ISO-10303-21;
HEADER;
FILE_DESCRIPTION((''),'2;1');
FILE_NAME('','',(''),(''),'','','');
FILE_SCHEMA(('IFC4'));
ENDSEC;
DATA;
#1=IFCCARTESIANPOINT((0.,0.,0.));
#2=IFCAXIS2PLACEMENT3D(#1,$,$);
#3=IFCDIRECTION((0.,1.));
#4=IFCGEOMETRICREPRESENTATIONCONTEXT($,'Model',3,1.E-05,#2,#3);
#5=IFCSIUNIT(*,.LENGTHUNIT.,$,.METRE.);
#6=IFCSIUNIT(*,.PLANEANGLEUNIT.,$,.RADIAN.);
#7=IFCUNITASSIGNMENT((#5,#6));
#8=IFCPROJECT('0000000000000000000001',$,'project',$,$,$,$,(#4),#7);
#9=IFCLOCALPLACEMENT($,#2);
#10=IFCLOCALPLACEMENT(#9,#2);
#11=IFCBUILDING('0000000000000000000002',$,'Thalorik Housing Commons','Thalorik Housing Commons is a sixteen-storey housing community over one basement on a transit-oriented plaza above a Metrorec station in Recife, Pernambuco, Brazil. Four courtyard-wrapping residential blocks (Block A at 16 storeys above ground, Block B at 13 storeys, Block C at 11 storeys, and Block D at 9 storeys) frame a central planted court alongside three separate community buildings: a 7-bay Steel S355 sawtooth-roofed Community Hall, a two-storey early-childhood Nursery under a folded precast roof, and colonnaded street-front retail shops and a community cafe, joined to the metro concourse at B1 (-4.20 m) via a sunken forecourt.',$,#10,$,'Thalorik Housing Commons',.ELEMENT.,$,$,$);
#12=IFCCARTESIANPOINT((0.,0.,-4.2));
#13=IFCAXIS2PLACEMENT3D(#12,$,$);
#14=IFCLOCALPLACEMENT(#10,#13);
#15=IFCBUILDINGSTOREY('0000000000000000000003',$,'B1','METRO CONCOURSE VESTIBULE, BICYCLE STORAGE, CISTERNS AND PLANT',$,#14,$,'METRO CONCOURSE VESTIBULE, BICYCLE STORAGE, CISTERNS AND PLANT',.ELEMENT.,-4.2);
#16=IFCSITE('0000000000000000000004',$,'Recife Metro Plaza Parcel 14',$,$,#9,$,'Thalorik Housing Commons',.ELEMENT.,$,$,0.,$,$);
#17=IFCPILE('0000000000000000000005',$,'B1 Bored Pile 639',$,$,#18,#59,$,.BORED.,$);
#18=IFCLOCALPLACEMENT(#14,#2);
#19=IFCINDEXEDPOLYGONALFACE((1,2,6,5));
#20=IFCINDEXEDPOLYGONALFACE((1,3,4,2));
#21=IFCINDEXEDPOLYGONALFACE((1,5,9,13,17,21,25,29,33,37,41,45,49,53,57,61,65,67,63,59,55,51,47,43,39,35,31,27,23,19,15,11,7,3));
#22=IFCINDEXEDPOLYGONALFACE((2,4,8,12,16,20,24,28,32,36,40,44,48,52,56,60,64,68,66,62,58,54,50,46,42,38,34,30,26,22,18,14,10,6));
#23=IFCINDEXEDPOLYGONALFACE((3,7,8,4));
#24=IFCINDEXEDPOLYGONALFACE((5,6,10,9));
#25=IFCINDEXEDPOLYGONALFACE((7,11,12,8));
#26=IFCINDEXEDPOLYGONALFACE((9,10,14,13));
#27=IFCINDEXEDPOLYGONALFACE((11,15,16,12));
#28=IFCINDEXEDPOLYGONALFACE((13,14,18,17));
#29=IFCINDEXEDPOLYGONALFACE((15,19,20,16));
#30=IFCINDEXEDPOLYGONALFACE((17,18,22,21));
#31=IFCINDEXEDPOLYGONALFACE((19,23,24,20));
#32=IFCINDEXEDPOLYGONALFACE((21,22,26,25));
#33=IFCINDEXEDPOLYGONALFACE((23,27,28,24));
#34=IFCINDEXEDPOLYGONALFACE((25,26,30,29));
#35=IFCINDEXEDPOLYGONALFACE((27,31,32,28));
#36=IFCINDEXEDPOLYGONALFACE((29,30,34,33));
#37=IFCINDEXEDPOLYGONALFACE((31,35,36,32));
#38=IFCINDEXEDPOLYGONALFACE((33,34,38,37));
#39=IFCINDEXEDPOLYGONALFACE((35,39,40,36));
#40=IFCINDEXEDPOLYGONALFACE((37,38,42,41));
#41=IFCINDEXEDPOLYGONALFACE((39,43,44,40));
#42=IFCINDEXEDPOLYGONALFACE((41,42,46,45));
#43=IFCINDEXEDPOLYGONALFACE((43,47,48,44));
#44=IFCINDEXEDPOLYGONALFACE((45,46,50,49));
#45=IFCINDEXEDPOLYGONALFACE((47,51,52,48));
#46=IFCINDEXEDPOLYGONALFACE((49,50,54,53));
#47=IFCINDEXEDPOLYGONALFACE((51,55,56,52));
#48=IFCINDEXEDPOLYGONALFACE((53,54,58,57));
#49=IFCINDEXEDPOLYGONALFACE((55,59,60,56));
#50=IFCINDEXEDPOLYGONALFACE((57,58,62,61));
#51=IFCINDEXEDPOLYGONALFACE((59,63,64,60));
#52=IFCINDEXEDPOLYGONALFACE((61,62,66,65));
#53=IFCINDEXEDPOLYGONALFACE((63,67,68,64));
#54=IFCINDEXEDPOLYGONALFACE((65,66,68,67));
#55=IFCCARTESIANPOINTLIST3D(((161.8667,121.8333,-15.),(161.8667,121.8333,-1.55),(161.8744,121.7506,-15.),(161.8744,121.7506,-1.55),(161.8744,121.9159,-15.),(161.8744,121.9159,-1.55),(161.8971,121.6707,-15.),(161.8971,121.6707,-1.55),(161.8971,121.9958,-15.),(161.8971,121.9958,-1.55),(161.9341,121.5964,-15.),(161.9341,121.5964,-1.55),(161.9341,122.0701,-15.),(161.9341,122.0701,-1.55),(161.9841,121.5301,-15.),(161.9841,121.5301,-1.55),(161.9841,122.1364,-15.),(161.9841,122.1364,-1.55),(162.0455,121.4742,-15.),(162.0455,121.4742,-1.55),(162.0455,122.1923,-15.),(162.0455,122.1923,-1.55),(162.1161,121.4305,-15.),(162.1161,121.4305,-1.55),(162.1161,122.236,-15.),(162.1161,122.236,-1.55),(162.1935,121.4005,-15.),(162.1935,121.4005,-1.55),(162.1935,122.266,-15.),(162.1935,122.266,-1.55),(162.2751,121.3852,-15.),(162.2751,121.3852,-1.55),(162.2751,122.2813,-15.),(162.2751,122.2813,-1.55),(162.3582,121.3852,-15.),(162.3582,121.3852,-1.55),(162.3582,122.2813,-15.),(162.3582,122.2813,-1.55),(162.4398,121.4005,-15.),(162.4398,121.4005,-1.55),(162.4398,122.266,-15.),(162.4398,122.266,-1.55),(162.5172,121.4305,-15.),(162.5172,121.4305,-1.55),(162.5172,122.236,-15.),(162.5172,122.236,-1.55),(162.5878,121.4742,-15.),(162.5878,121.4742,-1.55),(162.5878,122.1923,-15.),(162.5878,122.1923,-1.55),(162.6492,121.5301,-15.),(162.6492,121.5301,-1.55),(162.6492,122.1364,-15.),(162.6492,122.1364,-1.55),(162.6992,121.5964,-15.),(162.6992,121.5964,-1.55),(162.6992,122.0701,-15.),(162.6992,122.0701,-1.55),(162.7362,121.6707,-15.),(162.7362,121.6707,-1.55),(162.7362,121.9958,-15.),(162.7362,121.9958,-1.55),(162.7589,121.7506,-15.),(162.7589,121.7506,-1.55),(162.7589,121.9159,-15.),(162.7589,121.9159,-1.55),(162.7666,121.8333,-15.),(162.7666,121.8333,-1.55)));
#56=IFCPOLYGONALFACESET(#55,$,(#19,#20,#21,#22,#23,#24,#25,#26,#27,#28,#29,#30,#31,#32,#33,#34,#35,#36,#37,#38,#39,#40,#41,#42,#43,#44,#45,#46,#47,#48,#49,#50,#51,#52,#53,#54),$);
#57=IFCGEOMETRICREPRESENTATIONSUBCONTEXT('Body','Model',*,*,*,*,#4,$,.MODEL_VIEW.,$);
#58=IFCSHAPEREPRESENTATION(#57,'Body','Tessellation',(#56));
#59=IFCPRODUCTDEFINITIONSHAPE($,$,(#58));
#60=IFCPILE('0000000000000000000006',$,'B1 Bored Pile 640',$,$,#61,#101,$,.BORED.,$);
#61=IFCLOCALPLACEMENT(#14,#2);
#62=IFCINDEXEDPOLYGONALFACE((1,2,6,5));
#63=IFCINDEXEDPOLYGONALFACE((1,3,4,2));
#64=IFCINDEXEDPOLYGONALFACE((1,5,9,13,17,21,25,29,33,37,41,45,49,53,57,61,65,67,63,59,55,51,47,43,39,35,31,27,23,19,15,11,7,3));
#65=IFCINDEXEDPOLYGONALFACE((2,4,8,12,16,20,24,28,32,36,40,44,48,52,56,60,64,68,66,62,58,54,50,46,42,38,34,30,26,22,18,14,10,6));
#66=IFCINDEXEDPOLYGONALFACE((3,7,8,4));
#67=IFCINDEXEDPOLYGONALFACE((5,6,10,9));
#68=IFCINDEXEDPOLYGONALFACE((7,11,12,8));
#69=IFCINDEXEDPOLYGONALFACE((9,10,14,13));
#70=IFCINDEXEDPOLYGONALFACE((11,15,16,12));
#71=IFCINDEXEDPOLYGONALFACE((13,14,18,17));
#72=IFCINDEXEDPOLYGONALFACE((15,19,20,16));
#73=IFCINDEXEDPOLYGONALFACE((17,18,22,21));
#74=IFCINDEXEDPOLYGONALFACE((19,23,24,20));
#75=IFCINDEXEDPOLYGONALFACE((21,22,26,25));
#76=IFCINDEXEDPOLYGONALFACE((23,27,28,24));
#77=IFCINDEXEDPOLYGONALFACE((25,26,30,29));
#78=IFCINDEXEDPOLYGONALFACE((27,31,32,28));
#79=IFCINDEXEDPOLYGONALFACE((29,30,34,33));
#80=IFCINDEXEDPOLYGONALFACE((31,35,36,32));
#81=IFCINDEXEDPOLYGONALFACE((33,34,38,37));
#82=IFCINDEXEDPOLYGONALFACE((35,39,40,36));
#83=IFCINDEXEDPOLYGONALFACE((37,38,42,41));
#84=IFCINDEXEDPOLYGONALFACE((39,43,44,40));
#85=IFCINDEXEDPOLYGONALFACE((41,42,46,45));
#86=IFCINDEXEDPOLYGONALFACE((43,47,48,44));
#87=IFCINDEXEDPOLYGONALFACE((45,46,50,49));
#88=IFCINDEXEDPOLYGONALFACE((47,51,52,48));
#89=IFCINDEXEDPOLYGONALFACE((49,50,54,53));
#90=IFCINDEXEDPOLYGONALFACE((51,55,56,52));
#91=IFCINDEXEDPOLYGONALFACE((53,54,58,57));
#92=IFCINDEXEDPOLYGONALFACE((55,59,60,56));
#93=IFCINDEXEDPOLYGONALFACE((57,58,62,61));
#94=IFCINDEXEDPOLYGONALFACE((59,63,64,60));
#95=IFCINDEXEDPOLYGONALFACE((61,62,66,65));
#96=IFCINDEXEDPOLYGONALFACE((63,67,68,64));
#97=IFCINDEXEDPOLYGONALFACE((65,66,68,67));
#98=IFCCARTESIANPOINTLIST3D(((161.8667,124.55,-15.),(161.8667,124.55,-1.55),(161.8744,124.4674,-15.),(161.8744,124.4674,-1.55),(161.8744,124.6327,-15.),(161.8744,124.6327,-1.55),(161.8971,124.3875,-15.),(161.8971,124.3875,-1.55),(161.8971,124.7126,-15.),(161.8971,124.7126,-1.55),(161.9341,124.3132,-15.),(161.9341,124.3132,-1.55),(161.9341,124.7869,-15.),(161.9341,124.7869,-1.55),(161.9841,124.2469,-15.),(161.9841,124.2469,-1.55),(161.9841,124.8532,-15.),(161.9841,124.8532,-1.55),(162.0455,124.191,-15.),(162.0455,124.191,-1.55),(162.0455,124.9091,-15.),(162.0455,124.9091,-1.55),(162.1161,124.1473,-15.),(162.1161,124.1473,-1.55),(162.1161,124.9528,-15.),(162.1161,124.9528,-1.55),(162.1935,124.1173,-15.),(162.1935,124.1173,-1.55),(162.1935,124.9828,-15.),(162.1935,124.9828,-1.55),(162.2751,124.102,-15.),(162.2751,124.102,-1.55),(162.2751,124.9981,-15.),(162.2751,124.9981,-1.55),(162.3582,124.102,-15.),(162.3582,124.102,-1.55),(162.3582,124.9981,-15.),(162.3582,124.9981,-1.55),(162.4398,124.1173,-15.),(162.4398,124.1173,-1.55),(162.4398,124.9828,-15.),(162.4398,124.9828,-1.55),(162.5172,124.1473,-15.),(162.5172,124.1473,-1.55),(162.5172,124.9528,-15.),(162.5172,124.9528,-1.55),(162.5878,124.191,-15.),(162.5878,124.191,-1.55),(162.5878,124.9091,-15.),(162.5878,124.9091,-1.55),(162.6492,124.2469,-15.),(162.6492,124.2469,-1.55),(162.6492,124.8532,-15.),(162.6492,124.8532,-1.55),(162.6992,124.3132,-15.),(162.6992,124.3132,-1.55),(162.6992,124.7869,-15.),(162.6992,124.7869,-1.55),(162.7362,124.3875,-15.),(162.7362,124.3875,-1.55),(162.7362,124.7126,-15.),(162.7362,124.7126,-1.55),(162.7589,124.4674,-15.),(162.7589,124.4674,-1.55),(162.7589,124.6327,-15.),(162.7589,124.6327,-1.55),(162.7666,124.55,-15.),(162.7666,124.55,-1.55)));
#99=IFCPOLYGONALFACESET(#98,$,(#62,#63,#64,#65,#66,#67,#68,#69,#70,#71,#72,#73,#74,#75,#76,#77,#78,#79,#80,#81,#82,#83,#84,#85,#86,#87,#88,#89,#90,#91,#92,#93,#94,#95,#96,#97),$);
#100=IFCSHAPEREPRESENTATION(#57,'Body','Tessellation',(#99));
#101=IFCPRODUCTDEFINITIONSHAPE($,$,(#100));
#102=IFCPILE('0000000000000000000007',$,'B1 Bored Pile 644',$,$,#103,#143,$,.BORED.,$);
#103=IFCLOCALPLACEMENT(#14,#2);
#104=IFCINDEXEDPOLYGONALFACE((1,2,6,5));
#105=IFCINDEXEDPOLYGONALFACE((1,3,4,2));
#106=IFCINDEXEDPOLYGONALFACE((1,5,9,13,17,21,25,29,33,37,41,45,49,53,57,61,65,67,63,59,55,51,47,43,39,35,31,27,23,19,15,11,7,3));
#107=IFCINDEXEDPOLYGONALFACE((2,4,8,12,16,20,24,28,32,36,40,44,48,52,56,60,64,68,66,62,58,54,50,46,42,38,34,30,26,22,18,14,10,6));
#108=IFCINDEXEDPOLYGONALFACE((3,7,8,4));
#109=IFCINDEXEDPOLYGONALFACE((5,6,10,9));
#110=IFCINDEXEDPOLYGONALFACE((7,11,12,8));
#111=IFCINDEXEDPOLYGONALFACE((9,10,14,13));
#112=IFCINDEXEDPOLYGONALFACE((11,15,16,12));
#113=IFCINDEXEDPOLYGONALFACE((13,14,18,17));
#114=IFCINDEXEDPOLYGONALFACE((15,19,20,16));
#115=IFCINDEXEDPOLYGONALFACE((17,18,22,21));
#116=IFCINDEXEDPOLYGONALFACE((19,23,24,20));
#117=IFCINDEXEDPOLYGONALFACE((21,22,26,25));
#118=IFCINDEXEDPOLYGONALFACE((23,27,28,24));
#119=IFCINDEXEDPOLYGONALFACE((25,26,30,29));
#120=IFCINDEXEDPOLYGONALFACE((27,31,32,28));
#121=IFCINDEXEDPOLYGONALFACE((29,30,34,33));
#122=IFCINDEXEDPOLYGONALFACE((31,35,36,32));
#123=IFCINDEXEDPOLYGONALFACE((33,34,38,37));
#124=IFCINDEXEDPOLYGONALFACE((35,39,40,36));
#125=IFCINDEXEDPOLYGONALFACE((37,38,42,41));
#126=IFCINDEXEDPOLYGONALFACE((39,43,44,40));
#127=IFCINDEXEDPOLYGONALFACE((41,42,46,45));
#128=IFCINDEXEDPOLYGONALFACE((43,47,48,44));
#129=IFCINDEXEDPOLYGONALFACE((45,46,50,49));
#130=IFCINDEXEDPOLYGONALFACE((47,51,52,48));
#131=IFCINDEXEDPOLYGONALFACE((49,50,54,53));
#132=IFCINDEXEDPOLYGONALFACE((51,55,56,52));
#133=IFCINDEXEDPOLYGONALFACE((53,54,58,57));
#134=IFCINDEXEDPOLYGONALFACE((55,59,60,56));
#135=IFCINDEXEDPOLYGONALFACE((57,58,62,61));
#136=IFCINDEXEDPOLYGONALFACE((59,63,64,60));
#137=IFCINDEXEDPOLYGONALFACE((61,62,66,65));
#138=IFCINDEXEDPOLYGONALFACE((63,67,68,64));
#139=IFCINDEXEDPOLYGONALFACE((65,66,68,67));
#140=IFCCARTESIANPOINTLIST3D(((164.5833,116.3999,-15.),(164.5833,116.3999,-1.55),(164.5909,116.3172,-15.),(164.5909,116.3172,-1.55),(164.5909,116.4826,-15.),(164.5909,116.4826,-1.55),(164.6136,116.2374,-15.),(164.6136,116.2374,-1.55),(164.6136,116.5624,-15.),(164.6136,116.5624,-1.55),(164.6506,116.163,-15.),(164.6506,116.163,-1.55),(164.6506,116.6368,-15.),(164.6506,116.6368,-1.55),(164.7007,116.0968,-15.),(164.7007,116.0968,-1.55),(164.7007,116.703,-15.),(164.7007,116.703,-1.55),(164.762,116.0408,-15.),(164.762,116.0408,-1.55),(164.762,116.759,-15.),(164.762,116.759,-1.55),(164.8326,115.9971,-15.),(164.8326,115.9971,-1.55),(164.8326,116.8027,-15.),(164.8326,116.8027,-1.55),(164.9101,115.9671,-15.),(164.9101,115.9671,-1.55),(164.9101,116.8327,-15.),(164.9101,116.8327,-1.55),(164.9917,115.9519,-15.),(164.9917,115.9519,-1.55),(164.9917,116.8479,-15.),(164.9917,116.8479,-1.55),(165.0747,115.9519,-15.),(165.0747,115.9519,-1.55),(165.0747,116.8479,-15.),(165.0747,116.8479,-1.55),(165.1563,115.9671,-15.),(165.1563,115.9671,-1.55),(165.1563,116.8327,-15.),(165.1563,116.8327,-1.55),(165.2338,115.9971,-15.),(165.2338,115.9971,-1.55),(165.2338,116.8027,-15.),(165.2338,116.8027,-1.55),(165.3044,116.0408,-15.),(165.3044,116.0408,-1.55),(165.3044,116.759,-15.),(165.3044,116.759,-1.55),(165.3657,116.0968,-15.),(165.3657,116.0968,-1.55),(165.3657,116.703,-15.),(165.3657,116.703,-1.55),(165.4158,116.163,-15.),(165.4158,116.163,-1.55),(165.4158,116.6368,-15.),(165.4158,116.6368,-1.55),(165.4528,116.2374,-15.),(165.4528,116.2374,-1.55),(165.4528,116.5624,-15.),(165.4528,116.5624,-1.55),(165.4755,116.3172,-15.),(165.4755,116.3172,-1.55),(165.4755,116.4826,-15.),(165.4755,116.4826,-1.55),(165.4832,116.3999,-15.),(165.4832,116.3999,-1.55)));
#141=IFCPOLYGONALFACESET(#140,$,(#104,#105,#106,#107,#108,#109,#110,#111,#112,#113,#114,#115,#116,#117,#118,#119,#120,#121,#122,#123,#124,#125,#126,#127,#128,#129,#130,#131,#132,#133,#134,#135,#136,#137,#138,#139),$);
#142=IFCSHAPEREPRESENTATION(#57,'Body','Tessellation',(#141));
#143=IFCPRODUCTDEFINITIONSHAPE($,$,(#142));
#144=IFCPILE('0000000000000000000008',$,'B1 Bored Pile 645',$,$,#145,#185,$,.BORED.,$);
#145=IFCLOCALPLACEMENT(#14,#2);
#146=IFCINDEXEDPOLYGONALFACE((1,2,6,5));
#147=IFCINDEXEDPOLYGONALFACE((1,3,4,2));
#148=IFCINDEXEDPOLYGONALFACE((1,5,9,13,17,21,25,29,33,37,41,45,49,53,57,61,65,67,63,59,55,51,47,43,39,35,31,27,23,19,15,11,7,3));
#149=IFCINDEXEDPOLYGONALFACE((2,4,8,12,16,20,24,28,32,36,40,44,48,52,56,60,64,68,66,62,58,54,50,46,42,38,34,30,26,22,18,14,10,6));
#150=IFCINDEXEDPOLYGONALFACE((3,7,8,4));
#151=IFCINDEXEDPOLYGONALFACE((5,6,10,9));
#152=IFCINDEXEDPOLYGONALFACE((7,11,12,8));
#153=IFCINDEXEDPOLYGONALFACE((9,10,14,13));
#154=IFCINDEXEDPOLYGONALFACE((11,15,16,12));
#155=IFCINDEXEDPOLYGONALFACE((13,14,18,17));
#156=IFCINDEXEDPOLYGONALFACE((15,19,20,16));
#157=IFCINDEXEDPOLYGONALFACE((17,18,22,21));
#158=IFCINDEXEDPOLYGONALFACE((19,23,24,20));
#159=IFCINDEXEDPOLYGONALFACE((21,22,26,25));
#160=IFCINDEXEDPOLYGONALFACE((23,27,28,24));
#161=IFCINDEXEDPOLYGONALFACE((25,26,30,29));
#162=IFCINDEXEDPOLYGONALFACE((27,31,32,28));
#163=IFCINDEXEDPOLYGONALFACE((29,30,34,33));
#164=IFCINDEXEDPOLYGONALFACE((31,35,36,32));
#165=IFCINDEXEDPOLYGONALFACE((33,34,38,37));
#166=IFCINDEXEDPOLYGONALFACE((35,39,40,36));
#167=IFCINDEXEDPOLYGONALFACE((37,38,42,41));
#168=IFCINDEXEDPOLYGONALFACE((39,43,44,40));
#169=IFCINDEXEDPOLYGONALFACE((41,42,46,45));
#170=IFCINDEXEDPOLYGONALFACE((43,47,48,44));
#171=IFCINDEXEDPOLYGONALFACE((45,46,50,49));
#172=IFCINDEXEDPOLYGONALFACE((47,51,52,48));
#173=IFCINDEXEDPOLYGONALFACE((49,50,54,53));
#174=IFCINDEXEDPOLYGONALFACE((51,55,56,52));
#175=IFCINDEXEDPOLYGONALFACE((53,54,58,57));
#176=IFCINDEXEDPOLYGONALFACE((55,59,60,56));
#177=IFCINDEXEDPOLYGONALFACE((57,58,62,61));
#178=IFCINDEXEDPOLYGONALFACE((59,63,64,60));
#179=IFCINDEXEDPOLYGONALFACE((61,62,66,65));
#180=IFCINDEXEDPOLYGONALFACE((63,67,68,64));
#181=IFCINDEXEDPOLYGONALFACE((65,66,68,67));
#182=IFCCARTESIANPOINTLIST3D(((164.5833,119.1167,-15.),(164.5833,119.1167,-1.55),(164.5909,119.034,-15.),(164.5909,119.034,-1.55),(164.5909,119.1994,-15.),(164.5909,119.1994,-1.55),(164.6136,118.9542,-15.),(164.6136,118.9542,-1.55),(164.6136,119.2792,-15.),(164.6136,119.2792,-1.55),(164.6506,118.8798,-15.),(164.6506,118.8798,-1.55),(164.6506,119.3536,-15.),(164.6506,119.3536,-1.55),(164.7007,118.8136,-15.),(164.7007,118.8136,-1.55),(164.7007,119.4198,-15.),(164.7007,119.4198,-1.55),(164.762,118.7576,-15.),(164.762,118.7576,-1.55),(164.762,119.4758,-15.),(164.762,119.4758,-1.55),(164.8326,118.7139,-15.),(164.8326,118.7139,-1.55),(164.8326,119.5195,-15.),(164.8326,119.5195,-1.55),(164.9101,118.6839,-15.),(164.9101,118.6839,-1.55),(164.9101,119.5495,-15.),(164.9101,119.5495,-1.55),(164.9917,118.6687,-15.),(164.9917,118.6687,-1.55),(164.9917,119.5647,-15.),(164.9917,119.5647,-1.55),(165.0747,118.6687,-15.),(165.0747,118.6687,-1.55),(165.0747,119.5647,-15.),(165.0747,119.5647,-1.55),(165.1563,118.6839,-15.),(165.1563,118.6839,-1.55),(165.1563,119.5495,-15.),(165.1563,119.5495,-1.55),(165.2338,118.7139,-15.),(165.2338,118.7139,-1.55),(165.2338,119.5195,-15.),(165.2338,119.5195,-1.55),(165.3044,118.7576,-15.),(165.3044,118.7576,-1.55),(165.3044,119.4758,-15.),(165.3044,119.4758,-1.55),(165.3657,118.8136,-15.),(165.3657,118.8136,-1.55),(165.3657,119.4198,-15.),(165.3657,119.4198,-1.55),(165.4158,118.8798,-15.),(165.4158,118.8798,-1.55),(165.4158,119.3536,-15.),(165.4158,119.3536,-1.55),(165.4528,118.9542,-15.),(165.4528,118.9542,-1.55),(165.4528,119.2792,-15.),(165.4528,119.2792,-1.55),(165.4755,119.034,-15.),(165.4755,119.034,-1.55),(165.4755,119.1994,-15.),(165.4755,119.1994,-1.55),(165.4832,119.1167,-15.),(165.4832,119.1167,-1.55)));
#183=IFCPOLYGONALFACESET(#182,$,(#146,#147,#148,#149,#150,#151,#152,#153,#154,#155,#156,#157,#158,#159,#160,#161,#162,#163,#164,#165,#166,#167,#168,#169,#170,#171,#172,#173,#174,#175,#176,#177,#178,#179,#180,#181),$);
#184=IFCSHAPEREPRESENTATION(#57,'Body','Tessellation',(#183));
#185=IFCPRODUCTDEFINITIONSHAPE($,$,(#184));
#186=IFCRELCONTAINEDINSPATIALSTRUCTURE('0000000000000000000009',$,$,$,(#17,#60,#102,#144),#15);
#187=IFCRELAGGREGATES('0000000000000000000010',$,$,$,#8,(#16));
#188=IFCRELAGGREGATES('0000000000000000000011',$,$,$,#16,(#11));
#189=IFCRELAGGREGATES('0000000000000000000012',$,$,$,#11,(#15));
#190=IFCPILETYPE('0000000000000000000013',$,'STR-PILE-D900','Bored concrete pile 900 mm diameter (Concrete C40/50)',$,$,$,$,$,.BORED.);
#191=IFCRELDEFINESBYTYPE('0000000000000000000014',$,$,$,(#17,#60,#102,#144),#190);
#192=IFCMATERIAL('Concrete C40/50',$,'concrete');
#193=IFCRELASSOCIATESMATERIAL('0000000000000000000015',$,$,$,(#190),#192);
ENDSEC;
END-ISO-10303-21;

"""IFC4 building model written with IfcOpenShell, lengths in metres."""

from ifc_helpers import new_model, si_unit, direction, frame, origin, origin_2d, place, context, subcontext, project, spatial, circle, extrude, material, material_profile, profile_set, type_object, element, save


model = new_model("IFC4")

# Units and contexts
model_context = context("Model", 3, precision=1e-05, world=origin(), true_north=direction((0.0, 1.0)))
body_context = subcontext(model_context, "Body", "Model", "MODEL_VIEW")
ifc_project = project(units=[si_unit("LENGTHUNIT", "METRE"), si_unit("PLANEANGLEUNIT", "RADIAN")], contexts=[model_context])

# Site, building, storey
site_placement = place(None, origin())
site = spatial("IfcSite", under=ifc_project, at=site_placement, Name="Recife Metro Plaza Parcel 14", LongName="Thalorik Housing Commons", CompositionType="ELEMENT", RefElevation=0.0)
building_placement = place(site_placement, origin())
building = spatial("IfcBuilding", under=site, at=building_placement, Name="Thalorik Housing Commons", Description="Thalorik Housing Commons is a sixteen-storey housing community over one basement on a transit-oriented plaza above a Metrorec station in Recife, Pernambuco, Brazil. Four courtyard-wrapping residential blocks (Block A at 16 storeys above ground, Block B at 13 storeys, Block C at 11 storeys, and Block D at 9 storeys) frame a central planted court alongside three separate community buildings: a 7-bay Steel S355 sawtooth-roofed Community Hall, a two-storey early-childhood Nursery under a folded precast roof, and colonnaded street-front retail shops and a community cafe, joined to the metro concourse at B1 (-4.20 m) via a sunken forecourt.", LongName="Thalorik Housing Commons", CompositionType="ELEMENT")
storey_placement = place(building_placement, frame((0.0, 0.0, -4.2)))
storey = spatial("IfcBuildingStorey", under=building, at=storey_placement, Name="B1", Description="METRO CONCOURSE VESTIBULE, BICYCLE STORAGE, CISTERNS AND PLANT", LongName="METRO CONCOURSE VESTIBULE, BICYCLE STORAGE, CISTERNS AND PLANT", CompositionType="ELEMENT", Elevation=-4.2)

# Shared definitions
ifc_material_1 = material(Name="Concrete C40/50", Category="concrete")

# Piles
ifc_material_profile_1 = material_profile(ifc_material_1, circle(Radius=0.45, at=origin_2d()), Name="BORED PILE D900", Category="concrete")
ifc_profile_set_1 = profile_set([ifc_material_profile_1], Name="Concrete C40/50")
pile_type = type_object("IfcPileType", Name="STR-PILE-D900", Description="Bored concrete pile 900 mm diameter (Concrete C40/50)", PredefinedType="BORED", material=ifc_profile_set_1)
for number, where, z_axis, x_axis, name in (
    (1, (162.3167, 121.8333, -1.55), (0.0, 0.0, -1.0), (1.0, 0.0, 0.0), "B1 Bored Pile 639"),
    (2, (162.3167, 124.55, -1.55), (0.0, 0.0, -1.0), (1.0, 0.0, 0.0), "B1 Bored Pile 640"),
    (3, (165.0332, 116.3999, -1.55), (0.0, 0.0, -1.0), (1.0, 0.0, 0.0), "B1 Bored Pile 644"),
    (4, (165.0332, 119.1167, -1.55), (0.0, 0.0, -1.0), (1.0, 0.0, 0.0), "B1 Bored Pile 645"),
):
    element("IfcPile", number, at=place(storey_placement, frame(where, z_axis=z_axis, x_axis=x_axis)), inside=storey, type_object=pile_type, Name=name, PredefinedType="BORED", context=body_context, shape_type="SweptSolid", body=[
        extrude(circle(Radius=0.45, at=origin_2d()), origin(), (0.0, 0.0, 1.0), 13.45),
    ])

save(model, "model.ifc")
